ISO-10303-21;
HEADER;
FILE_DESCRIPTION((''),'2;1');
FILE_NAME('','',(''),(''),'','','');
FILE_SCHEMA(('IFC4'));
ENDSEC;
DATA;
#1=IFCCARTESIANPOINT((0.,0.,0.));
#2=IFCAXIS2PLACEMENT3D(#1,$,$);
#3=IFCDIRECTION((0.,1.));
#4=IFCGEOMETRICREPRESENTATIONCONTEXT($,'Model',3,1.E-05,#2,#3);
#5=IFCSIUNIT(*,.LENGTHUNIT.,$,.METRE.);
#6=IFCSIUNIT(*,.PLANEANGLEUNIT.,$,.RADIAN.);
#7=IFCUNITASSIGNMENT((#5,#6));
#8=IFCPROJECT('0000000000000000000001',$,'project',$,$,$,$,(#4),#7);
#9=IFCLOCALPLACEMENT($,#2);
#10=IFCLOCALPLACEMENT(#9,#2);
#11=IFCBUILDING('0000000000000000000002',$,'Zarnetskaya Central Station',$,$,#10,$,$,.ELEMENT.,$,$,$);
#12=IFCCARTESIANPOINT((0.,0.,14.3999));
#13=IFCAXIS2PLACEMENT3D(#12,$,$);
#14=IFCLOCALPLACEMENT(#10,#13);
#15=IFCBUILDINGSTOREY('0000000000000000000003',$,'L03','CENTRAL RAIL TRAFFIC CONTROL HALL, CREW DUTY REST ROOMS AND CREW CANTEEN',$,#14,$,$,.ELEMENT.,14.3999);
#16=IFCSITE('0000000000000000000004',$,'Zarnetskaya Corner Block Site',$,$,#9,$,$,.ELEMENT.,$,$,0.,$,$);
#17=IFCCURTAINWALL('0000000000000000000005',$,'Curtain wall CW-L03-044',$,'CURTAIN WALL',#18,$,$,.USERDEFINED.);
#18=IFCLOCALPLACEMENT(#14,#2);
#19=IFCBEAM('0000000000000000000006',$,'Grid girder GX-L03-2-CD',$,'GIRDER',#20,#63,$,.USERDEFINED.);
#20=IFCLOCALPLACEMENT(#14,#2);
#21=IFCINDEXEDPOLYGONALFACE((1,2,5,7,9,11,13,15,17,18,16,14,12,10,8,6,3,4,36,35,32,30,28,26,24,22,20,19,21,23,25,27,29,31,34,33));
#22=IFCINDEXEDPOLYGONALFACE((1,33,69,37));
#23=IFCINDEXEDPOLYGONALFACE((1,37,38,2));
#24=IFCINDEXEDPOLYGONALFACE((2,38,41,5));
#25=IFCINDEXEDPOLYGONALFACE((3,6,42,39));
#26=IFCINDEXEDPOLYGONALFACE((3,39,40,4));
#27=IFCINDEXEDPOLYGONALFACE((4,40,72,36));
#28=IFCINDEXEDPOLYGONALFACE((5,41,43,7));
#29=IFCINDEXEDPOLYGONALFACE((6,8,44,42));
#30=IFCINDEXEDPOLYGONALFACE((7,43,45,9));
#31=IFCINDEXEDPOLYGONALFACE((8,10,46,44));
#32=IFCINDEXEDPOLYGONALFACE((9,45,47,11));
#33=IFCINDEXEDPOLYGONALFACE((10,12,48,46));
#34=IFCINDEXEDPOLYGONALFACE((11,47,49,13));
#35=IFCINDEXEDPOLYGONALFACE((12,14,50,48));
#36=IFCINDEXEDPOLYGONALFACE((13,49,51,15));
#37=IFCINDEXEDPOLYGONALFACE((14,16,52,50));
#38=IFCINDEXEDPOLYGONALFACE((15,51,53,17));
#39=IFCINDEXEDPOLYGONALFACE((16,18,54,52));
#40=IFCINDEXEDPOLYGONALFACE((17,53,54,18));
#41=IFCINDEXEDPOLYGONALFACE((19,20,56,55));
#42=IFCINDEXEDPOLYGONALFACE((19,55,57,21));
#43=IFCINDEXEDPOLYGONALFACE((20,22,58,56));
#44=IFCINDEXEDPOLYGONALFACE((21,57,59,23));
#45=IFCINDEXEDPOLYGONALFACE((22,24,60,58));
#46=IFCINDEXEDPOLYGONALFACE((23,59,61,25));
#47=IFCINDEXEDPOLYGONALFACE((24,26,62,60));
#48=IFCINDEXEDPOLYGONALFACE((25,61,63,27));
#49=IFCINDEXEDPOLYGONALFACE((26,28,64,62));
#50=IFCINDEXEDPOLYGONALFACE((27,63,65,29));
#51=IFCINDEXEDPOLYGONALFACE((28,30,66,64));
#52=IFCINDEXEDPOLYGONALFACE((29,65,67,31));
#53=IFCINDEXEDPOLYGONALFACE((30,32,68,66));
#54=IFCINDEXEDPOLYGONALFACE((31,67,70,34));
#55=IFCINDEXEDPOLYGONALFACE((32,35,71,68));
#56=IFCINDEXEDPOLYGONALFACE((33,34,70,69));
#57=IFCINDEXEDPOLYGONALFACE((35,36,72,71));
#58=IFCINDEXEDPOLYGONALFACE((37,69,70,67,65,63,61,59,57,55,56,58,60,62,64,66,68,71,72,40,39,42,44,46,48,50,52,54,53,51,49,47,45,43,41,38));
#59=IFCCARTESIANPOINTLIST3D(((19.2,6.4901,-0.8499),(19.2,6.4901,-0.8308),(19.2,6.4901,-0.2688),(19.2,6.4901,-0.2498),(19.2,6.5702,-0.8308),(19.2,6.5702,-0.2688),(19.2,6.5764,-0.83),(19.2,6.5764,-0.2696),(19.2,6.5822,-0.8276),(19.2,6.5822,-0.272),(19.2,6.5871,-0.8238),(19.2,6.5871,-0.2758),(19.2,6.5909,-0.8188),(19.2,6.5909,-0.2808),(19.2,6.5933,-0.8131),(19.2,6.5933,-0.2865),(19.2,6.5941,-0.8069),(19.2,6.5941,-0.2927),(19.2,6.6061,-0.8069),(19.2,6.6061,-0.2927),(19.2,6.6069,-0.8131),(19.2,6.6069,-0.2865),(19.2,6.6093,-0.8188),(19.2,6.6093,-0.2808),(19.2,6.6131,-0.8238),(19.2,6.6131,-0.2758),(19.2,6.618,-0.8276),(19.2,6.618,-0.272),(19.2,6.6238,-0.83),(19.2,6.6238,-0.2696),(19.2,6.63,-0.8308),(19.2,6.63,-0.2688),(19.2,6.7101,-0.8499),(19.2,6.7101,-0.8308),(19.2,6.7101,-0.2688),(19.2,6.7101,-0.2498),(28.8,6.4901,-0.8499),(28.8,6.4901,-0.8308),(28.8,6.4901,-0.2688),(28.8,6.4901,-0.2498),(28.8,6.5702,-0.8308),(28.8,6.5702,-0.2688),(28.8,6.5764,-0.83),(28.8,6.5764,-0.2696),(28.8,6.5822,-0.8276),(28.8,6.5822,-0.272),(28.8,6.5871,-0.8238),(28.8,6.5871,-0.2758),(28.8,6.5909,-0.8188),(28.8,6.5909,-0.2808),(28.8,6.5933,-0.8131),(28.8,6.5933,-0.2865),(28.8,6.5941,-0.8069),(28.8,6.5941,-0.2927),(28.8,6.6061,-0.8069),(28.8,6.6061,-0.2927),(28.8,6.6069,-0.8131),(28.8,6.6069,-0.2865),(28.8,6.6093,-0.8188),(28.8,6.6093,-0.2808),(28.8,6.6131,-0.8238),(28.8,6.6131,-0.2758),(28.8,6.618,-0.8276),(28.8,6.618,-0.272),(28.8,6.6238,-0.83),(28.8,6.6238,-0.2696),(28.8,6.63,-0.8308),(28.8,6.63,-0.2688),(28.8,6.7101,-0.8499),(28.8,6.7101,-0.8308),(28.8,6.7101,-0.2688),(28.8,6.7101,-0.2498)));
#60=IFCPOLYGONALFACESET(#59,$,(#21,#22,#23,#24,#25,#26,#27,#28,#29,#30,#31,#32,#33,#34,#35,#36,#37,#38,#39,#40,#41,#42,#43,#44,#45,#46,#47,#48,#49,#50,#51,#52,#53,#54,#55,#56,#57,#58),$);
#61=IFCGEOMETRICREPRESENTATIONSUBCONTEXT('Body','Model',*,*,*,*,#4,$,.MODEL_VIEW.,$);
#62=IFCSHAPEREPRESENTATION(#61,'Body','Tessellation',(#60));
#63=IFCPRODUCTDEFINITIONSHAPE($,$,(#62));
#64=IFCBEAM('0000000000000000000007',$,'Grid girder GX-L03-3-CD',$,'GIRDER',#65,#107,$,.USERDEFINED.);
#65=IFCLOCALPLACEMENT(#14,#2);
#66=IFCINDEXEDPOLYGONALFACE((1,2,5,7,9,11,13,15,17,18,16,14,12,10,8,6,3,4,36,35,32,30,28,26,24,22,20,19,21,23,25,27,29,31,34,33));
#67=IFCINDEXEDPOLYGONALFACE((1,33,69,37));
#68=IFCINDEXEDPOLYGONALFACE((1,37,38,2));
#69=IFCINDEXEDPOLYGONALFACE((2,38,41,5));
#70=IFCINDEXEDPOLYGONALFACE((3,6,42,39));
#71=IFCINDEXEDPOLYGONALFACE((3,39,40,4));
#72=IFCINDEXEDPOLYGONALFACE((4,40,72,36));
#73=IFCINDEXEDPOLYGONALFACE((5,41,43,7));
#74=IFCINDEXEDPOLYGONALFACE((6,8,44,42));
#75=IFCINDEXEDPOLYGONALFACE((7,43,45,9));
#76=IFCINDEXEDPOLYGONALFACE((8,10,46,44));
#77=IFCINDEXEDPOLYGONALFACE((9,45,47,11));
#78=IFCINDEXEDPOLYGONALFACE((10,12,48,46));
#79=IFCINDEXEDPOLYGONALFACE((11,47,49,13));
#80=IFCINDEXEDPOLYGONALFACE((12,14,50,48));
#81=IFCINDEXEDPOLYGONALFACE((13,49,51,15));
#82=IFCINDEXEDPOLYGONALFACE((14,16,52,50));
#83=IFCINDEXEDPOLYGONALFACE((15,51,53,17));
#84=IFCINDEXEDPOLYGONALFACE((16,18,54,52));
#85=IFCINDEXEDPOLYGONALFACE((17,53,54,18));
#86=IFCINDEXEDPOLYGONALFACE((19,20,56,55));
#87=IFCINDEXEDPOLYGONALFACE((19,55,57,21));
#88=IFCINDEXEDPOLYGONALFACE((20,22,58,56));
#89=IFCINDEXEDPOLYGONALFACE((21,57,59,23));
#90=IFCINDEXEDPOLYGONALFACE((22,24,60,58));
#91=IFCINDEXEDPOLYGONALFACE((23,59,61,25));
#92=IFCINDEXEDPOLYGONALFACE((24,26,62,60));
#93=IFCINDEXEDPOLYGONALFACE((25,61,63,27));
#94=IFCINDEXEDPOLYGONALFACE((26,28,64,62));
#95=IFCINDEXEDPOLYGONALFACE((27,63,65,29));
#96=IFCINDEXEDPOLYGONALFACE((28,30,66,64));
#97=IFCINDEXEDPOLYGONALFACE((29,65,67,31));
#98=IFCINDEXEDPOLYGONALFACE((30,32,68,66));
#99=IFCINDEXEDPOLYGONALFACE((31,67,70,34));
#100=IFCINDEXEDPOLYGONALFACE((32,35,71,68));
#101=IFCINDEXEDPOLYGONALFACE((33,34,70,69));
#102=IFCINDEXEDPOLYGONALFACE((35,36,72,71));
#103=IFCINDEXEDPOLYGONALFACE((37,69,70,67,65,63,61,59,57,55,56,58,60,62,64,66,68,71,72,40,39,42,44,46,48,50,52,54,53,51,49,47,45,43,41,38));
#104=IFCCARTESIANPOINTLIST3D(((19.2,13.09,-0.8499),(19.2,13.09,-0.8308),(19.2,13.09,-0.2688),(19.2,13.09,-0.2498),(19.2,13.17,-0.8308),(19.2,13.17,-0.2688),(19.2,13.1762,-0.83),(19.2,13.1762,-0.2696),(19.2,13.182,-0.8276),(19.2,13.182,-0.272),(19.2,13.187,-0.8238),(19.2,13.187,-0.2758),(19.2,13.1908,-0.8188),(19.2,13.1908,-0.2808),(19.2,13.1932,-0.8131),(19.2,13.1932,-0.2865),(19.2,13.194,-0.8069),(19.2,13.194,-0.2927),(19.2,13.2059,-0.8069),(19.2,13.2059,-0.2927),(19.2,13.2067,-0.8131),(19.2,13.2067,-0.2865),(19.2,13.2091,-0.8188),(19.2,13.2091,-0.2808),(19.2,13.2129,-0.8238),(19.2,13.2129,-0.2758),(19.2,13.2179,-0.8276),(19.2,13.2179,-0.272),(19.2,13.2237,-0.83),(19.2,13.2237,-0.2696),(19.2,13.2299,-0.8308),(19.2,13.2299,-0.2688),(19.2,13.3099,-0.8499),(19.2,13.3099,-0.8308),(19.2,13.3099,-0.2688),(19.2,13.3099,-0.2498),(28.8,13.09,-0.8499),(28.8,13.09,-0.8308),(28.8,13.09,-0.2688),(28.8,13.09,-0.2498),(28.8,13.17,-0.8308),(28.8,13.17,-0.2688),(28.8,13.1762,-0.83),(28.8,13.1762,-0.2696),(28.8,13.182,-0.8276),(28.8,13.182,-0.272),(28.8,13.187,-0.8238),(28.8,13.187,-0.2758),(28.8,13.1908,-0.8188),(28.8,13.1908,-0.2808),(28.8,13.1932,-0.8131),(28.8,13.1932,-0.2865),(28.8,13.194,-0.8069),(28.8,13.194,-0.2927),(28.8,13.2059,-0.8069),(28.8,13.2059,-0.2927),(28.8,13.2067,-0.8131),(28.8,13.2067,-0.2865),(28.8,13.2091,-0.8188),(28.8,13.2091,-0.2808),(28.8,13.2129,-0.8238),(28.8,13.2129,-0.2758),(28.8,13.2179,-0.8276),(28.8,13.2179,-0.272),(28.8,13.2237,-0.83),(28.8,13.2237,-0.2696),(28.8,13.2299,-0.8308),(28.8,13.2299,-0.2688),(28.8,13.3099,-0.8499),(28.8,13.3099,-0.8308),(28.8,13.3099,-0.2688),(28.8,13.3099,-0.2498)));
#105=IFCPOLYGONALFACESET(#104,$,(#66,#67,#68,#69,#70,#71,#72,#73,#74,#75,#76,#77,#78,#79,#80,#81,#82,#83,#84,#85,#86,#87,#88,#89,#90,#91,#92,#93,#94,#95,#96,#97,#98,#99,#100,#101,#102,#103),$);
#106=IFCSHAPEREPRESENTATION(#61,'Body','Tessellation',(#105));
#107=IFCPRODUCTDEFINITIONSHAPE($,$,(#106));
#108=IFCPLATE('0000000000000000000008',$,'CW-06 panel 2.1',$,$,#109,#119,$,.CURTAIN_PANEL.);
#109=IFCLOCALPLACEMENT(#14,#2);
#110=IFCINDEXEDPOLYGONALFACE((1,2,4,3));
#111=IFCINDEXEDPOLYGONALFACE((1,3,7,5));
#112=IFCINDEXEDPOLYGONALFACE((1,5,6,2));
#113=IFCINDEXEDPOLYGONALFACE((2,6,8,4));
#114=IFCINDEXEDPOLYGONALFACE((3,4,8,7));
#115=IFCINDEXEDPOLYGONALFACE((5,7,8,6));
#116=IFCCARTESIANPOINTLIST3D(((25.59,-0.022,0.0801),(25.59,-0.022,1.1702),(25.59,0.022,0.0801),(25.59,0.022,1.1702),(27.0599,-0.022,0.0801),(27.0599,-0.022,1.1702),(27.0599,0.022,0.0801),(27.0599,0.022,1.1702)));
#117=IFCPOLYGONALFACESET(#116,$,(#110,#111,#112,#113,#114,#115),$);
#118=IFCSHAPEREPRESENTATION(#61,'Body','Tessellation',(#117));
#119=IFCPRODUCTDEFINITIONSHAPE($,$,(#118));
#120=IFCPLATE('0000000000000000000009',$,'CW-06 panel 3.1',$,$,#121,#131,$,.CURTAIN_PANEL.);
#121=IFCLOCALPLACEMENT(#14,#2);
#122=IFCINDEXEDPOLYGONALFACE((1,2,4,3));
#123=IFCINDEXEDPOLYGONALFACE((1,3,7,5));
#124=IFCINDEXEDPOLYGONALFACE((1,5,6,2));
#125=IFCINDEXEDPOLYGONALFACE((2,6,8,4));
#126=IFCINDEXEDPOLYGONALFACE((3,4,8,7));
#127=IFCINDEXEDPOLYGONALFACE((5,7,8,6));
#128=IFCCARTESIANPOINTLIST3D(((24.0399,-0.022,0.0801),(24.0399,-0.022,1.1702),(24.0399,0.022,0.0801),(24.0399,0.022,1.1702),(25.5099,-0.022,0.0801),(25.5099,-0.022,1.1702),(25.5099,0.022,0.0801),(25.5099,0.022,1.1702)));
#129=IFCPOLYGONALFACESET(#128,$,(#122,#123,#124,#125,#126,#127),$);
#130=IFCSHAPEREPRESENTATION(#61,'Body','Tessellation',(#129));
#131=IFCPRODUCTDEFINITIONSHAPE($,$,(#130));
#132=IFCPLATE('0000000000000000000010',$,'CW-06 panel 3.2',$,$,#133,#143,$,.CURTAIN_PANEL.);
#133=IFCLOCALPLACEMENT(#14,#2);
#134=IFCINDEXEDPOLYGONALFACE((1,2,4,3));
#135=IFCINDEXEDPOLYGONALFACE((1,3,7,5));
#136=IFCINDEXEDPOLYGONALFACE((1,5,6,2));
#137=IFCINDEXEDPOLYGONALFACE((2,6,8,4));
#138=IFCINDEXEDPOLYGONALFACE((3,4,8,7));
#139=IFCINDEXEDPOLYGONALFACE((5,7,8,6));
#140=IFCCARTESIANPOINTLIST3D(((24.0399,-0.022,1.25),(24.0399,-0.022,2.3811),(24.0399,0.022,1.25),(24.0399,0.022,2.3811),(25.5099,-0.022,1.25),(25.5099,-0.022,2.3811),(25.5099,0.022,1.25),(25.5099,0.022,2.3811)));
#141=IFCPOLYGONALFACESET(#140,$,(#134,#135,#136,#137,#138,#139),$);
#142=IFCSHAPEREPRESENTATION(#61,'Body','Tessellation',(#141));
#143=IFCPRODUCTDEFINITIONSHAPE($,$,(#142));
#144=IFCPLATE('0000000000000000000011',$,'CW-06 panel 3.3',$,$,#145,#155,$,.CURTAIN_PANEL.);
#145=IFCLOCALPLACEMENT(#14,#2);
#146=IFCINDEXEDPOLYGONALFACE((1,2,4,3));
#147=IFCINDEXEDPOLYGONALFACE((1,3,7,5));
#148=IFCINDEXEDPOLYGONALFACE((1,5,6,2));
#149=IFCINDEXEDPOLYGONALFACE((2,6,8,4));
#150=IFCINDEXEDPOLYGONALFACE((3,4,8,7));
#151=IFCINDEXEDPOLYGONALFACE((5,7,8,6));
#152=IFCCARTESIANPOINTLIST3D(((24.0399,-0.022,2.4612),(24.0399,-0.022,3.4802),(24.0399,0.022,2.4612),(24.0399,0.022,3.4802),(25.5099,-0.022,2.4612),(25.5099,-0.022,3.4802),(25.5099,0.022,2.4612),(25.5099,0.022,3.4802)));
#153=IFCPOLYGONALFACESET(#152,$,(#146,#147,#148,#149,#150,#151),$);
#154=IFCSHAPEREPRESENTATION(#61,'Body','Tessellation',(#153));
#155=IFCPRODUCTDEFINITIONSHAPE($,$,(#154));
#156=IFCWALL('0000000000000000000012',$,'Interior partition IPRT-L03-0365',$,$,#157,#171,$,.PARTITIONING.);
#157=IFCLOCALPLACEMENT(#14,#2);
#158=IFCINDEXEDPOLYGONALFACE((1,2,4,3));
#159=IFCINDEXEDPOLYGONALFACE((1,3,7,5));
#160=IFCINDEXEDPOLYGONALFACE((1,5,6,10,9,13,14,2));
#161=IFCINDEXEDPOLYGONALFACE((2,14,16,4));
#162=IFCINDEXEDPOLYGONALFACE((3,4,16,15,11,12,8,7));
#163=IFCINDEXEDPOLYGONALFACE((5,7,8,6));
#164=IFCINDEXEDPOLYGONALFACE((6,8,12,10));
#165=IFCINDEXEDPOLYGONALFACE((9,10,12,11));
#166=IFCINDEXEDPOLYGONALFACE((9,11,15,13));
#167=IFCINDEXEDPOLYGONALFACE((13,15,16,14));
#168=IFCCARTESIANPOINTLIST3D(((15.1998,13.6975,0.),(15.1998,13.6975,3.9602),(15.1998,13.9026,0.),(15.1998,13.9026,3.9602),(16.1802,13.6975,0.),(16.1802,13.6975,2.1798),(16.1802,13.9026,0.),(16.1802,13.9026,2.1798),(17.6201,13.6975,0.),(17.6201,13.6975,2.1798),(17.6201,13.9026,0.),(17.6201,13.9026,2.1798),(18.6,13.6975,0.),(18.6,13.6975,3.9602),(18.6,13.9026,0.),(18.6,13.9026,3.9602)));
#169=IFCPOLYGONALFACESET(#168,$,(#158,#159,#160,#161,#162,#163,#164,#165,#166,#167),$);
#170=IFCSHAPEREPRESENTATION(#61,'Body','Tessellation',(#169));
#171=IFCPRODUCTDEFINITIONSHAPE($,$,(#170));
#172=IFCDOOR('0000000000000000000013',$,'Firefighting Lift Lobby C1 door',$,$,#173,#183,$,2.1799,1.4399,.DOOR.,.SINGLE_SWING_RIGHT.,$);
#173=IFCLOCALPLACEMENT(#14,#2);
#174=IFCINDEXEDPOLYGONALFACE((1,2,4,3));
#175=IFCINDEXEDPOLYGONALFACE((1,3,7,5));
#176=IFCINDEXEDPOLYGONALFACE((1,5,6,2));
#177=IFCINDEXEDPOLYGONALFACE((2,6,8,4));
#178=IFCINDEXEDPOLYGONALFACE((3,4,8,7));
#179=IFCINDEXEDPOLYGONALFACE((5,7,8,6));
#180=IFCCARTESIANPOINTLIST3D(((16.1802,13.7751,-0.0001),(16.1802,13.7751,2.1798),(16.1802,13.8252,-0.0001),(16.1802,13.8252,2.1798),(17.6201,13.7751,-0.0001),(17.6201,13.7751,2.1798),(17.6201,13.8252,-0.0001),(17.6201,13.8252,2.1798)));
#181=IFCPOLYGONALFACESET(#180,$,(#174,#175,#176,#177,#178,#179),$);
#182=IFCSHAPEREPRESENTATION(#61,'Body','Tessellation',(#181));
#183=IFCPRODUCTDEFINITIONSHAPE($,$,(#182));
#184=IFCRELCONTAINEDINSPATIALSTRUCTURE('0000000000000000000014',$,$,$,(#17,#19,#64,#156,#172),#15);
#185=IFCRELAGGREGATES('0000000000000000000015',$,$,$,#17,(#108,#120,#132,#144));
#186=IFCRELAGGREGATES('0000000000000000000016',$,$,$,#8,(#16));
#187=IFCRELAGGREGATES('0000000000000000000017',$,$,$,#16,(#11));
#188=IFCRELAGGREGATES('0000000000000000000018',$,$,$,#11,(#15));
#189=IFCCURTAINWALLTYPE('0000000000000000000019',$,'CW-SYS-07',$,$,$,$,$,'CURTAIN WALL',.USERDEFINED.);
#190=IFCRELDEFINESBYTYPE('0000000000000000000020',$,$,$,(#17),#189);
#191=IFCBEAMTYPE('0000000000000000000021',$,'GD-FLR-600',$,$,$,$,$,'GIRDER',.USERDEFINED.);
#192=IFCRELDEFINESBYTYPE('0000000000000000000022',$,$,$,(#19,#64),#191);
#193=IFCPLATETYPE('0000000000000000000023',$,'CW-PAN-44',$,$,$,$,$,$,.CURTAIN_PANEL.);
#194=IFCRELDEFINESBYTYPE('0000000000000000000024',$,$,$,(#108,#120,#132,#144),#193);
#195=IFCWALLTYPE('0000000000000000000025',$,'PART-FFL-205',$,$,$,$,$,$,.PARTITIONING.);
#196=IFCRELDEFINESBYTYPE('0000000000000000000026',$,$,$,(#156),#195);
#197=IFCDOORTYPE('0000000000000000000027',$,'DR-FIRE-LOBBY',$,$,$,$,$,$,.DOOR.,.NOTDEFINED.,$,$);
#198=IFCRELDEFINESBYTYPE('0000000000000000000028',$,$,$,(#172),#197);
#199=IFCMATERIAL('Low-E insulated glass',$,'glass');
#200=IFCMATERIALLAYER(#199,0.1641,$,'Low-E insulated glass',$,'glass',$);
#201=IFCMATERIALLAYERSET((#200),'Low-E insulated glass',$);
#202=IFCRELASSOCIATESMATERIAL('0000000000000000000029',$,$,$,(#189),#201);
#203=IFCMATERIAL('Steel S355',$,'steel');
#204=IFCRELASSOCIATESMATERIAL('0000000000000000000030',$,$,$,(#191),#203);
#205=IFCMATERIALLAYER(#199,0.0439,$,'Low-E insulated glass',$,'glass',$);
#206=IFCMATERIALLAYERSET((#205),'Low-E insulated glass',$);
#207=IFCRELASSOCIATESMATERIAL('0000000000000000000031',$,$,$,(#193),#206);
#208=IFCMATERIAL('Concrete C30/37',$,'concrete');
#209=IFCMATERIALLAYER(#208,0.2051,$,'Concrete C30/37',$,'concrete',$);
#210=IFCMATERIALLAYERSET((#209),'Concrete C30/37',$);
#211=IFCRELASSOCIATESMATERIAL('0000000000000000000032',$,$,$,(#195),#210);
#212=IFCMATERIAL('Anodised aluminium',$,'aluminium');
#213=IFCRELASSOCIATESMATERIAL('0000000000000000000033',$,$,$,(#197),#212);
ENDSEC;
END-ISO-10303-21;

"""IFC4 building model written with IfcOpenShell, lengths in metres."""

from ifc_helpers import new_model, si_unit, direction, frame, frame_2d, origin, origin_2d, place, context, subcontext, project, spatial, rectangle, i_section, extrude, material, layer, layer_set, material_profile, profile_set, type_object, element, fill, aggregate, save


model = new_model("IFC4")

# Units and contexts
model_context = context("Model", 3, precision=1e-05, world=origin(), true_north=direction((0.0, 1.0)))
body_context = subcontext(model_context, "Body", "Model", "MODEL_VIEW")
ifc_project = project(units=[si_unit("LENGTHUNIT", "METRE"), si_unit("PLANEANGLEUNIT", "RADIAN")], contexts=[model_context])

# Site, building, storey
site_placement = place(None, origin())
site = spatial("IfcSite", under=ifc_project, at=site_placement, Name="Zarnetskaya Corner Block Site", CompositionType="ELEMENT", RefElevation=0.0)
building_placement = place(site_placement, origin())
building = spatial("IfcBuilding", under=site, at=building_placement, Name="Zarnetskaya Central Station", CompositionType="ELEMENT")
storey_placement = place(building_placement, frame((0.0, 0.0, 14.3999)))
storey = spatial("IfcBuildingStorey", under=building, at=storey_placement, Name="L03", Description="CENTRAL RAIL TRAFFIC CONTROL HALL, CREW DUTY REST ROOMS AND CREW CANTEEN", CompositionType="ELEMENT", Elevation=14.3999)

# Shared definitions
ifc_material_1 = material(Name="Steel S355", Category="steel")

# Curtain wall
ifc_material_2 = material(Name="Low-E insulated glass", Category="glass")
ifc_layer_1 = layer(ifc_material_2, 0.1641, Name="Low-E insulated glass", Category="glass")
ifc_layer_set_1 = layer_set([ifc_layer_1], Name="Low-E insulated glass")
curtain_wall_type = type_object("IfcCurtainWallType", Name="CW-SYS-07", ElementType="CURTAIN WALL", PredefinedType="USERDEFINED", material=ifc_layer_set_1)
curtain_wall_placement = place(storey_placement, origin())
curtain_wall = element("IfcCurtainWall", 1, at=curtain_wall_placement, inside=storey, type_object=curtain_wall_type, Name="Curtain wall CW-L03-044", ObjectType="CURTAIN WALL", PredefinedType="USERDEFINED")
ifc_material_3 = material(Name="Anodised aluminium", Category="aluminium")

# Beams
ifc_material_profile_1 = material_profile(ifc_material_1, i_section(OverallWidth=0.22, OverallDepth=0.6001, WebThickness=0.012, FlangeThickness=0.019, FilletRadius=0.0239, at=origin_2d()), Name="IPE 600")
ifc_profile_set_1 = profile_set([ifc_material_profile_1], Name="Steel S355")
beam_type_1 = type_object("IfcBeamType", Name="GD-FLR-600", ElementType="GIRDER", PredefinedType="USERDEFINED", material=ifc_profile_set_1)
for number, where, z_axis, x_axis, name in (
    (2, (19.2, 6.6001, -0.5498), (1.0, 0.0, 0.0), (0.0, 1.0, 0.0), "Grid girder GX-L03-2-CD"),
    (3, (19.2, 13.2, -0.5498), (1.0, 0.0, 0.0), (0.0, 1.0, 0.0), "Grid girder GX-L03-3-CD"),
):
    element("IfcBeam", number, at=place(storey_placement, frame(where, z_axis=z_axis, x_axis=x_axis)), inside=storey, type_object=beam_type_1, Name=name, ObjectType="GIRDER", PredefinedType="USERDEFINED", context=body_context, shape_type="SweptSolid", body=[
        extrude(i_section(OverallWidth=0.22, OverallDepth=0.6001, WebThickness=0.012, FlangeThickness=0.019, FilletRadius=0.0239, at=origin_2d()), origin(), (0.0, 0.0, 1.0), 9.6001),
    ])

# Plates
ifc_layer_2 = layer(ifc_material_2, 0.0439, Name="Low-E insulated glass", Category="glass")
ifc_layer_set_2 = layer_set([ifc_layer_2], Name="Low-E insulated glass")
plate_type = type_object("IfcPlateType", Name="CW-PAN-44", PredefinedType="CURTAIN_PANEL", material=ifc_layer_set_2)
plate_1_placement = place(storey_placement, frame((26.325, 0.0, 0.0801), z_axis=(0.0, 0.0, 1.0), x_axis=(-1.0, 0.0, 0.0)))
plate_1 = element("IfcPlate", 4, at=plate_1_placement, type_object=plate_type, Name="CW-06 panel 2.1", PredefinedType="CURTAIN_PANEL", context=body_context, shape_type="SweptSolid", body=[
    extrude(rectangle(XDim=1.47, YDim=0.0439, at=origin_2d()), origin(), (0.0, 0.0, 1.0), 1.0901),
])
plate_2_placement = place(storey_placement, frame((24.7749, 0.0, 0.0801), z_axis=(0.0, 0.0, 1.0), x_axis=(-1.0, 0.0, 0.0)))
plate_2 = element("IfcPlate", 5, at=plate_2_placement, type_object=plate_type, Name="CW-06 panel 3.1", PredefinedType="CURTAIN_PANEL", context=body_context, shape_type="SweptSolid", body=[
    extrude(rectangle(XDim=1.47, YDim=0.0439, at=origin_2d()), origin(), (0.0, 0.0, 1.0), 1.0901),
])
plate_3_placement = place(storey_placement, frame((24.7749, 0.0, 1.25), z_axis=(0.0, 0.0, 1.0), x_axis=(-1.0, 0.0, 0.0)))
plate_3 = element("IfcPlate", 6, at=plate_3_placement, type_object=plate_type, Name="CW-06 panel 3.2", PredefinedType="CURTAIN_PANEL", context=body_context, shape_type="SweptSolid", body=[
    extrude(rectangle(XDim=1.47, YDim=0.0439, at=origin_2d()), origin(), (0.0, 0.0, 1.0), 1.1311),
])
plate_4_placement = place(storey_placement, frame((24.7749, 0.0, 2.4612), z_axis=(0.0, 0.0, 1.0), x_axis=(-1.0, 0.0, 0.0)))
plate_4 = element("IfcPlate", 7, at=plate_4_placement, type_object=plate_type, Name="CW-06 panel 3.3", PredefinedType="CURTAIN_PANEL", context=body_context, shape_type="SweptSolid", body=[
    extrude(rectangle(XDim=1.47, YDim=0.0439, at=origin_2d()), origin(), (0.0, 0.0, 1.0), 1.019),
])
aggregate(curtain_wall, [plate_1, plate_2, plate_3, plate_4])

# Wall, opening, door
ifc_material_4 = material(Name="Concrete C30/37", Category="concrete")
ifc_layer_3 = layer(ifc_material_4, 0.2051, Name="Concrete C30/37", Category="concrete")
ifc_layer_set_3 = layer_set([ifc_layer_3], Name="Concrete C30/37")
wall_type_1 = type_object("IfcWallType", Name="PART-FFL-205", PredefinedType="PARTITIONING", material=ifc_layer_set_3)
wall_1_placement = place(storey_placement, frame((18.6001, 13.8, 0.0), z_axis=(0.0, 0.0, 1.0), x_axis=(-1.0, 0.0, 0.0)))
wall_1 = element("IfcWall", 8, at=wall_1_placement, inside=storey, type_object=wall_type_1, Name="Interior partition IPRT-L03-0365", PredefinedType="PARTITIONING", context=body_context, shape_type="SweptSolid", body=[
    extrude(rectangle(XDim=3.4001, YDim=0.2051, at=frame_2d((1.7002, 0.0))), origin(), (0.0, 0.0, 1.0), 3.9602),
])
opening_1_placement = place(wall_1_placement, frame((0.98, 0.0, 0.0)))
opening_1 = element("IfcOpeningElement", 9, at=opening_1_placement, cuts=wall_1, PredefinedType="OPENING", context=body_context, shape_type="SweptSolid", body=[
    extrude(rectangle(XDim=1.4399, YDim=2.1799, at=frame_2d((0.72, 1.0898))), frame((0.0, 0.1125, 0.0), z_axis=(0.0, -1.0, 0.0), x_axis=(1.0, 0.0, 0.0)), (0.0, 0.0, 1.0), 0.2251),
])
door_type_1 = type_object("IfcDoorType", Name="DR-FIRE-LOBBY", OperationType="NOTDEFINED", PredefinedType="DOOR", material=ifc_material_3)
door_1_placement = place(opening_1_placement, origin())
door_1 = element("IfcDoor", 10, at=door_1_placement, inside=storey, type_object=door_type_1, Name="Firefighting Lift Lobby C1 door", OperationType="SINGLE_SWING_RIGHT", OverallHeight=2.1799, OverallWidth=1.4399, PredefinedType="DOOR", context=body_context, shape_type="SweptSolid", body=[
    extrude(rectangle(XDim=1.4399, YDim=2.1799, at=frame_2d((0.72, 1.0898))), frame((0.0, 0.0249, 0.0), z_axis=(0.0, -1.0, 0.0), x_axis=(1.0, 0.0, 0.0)), (0.0, 0.0, 1.0), 0.05),
])
fill(opening_1, door_1)

save(model, "model.ifc")
